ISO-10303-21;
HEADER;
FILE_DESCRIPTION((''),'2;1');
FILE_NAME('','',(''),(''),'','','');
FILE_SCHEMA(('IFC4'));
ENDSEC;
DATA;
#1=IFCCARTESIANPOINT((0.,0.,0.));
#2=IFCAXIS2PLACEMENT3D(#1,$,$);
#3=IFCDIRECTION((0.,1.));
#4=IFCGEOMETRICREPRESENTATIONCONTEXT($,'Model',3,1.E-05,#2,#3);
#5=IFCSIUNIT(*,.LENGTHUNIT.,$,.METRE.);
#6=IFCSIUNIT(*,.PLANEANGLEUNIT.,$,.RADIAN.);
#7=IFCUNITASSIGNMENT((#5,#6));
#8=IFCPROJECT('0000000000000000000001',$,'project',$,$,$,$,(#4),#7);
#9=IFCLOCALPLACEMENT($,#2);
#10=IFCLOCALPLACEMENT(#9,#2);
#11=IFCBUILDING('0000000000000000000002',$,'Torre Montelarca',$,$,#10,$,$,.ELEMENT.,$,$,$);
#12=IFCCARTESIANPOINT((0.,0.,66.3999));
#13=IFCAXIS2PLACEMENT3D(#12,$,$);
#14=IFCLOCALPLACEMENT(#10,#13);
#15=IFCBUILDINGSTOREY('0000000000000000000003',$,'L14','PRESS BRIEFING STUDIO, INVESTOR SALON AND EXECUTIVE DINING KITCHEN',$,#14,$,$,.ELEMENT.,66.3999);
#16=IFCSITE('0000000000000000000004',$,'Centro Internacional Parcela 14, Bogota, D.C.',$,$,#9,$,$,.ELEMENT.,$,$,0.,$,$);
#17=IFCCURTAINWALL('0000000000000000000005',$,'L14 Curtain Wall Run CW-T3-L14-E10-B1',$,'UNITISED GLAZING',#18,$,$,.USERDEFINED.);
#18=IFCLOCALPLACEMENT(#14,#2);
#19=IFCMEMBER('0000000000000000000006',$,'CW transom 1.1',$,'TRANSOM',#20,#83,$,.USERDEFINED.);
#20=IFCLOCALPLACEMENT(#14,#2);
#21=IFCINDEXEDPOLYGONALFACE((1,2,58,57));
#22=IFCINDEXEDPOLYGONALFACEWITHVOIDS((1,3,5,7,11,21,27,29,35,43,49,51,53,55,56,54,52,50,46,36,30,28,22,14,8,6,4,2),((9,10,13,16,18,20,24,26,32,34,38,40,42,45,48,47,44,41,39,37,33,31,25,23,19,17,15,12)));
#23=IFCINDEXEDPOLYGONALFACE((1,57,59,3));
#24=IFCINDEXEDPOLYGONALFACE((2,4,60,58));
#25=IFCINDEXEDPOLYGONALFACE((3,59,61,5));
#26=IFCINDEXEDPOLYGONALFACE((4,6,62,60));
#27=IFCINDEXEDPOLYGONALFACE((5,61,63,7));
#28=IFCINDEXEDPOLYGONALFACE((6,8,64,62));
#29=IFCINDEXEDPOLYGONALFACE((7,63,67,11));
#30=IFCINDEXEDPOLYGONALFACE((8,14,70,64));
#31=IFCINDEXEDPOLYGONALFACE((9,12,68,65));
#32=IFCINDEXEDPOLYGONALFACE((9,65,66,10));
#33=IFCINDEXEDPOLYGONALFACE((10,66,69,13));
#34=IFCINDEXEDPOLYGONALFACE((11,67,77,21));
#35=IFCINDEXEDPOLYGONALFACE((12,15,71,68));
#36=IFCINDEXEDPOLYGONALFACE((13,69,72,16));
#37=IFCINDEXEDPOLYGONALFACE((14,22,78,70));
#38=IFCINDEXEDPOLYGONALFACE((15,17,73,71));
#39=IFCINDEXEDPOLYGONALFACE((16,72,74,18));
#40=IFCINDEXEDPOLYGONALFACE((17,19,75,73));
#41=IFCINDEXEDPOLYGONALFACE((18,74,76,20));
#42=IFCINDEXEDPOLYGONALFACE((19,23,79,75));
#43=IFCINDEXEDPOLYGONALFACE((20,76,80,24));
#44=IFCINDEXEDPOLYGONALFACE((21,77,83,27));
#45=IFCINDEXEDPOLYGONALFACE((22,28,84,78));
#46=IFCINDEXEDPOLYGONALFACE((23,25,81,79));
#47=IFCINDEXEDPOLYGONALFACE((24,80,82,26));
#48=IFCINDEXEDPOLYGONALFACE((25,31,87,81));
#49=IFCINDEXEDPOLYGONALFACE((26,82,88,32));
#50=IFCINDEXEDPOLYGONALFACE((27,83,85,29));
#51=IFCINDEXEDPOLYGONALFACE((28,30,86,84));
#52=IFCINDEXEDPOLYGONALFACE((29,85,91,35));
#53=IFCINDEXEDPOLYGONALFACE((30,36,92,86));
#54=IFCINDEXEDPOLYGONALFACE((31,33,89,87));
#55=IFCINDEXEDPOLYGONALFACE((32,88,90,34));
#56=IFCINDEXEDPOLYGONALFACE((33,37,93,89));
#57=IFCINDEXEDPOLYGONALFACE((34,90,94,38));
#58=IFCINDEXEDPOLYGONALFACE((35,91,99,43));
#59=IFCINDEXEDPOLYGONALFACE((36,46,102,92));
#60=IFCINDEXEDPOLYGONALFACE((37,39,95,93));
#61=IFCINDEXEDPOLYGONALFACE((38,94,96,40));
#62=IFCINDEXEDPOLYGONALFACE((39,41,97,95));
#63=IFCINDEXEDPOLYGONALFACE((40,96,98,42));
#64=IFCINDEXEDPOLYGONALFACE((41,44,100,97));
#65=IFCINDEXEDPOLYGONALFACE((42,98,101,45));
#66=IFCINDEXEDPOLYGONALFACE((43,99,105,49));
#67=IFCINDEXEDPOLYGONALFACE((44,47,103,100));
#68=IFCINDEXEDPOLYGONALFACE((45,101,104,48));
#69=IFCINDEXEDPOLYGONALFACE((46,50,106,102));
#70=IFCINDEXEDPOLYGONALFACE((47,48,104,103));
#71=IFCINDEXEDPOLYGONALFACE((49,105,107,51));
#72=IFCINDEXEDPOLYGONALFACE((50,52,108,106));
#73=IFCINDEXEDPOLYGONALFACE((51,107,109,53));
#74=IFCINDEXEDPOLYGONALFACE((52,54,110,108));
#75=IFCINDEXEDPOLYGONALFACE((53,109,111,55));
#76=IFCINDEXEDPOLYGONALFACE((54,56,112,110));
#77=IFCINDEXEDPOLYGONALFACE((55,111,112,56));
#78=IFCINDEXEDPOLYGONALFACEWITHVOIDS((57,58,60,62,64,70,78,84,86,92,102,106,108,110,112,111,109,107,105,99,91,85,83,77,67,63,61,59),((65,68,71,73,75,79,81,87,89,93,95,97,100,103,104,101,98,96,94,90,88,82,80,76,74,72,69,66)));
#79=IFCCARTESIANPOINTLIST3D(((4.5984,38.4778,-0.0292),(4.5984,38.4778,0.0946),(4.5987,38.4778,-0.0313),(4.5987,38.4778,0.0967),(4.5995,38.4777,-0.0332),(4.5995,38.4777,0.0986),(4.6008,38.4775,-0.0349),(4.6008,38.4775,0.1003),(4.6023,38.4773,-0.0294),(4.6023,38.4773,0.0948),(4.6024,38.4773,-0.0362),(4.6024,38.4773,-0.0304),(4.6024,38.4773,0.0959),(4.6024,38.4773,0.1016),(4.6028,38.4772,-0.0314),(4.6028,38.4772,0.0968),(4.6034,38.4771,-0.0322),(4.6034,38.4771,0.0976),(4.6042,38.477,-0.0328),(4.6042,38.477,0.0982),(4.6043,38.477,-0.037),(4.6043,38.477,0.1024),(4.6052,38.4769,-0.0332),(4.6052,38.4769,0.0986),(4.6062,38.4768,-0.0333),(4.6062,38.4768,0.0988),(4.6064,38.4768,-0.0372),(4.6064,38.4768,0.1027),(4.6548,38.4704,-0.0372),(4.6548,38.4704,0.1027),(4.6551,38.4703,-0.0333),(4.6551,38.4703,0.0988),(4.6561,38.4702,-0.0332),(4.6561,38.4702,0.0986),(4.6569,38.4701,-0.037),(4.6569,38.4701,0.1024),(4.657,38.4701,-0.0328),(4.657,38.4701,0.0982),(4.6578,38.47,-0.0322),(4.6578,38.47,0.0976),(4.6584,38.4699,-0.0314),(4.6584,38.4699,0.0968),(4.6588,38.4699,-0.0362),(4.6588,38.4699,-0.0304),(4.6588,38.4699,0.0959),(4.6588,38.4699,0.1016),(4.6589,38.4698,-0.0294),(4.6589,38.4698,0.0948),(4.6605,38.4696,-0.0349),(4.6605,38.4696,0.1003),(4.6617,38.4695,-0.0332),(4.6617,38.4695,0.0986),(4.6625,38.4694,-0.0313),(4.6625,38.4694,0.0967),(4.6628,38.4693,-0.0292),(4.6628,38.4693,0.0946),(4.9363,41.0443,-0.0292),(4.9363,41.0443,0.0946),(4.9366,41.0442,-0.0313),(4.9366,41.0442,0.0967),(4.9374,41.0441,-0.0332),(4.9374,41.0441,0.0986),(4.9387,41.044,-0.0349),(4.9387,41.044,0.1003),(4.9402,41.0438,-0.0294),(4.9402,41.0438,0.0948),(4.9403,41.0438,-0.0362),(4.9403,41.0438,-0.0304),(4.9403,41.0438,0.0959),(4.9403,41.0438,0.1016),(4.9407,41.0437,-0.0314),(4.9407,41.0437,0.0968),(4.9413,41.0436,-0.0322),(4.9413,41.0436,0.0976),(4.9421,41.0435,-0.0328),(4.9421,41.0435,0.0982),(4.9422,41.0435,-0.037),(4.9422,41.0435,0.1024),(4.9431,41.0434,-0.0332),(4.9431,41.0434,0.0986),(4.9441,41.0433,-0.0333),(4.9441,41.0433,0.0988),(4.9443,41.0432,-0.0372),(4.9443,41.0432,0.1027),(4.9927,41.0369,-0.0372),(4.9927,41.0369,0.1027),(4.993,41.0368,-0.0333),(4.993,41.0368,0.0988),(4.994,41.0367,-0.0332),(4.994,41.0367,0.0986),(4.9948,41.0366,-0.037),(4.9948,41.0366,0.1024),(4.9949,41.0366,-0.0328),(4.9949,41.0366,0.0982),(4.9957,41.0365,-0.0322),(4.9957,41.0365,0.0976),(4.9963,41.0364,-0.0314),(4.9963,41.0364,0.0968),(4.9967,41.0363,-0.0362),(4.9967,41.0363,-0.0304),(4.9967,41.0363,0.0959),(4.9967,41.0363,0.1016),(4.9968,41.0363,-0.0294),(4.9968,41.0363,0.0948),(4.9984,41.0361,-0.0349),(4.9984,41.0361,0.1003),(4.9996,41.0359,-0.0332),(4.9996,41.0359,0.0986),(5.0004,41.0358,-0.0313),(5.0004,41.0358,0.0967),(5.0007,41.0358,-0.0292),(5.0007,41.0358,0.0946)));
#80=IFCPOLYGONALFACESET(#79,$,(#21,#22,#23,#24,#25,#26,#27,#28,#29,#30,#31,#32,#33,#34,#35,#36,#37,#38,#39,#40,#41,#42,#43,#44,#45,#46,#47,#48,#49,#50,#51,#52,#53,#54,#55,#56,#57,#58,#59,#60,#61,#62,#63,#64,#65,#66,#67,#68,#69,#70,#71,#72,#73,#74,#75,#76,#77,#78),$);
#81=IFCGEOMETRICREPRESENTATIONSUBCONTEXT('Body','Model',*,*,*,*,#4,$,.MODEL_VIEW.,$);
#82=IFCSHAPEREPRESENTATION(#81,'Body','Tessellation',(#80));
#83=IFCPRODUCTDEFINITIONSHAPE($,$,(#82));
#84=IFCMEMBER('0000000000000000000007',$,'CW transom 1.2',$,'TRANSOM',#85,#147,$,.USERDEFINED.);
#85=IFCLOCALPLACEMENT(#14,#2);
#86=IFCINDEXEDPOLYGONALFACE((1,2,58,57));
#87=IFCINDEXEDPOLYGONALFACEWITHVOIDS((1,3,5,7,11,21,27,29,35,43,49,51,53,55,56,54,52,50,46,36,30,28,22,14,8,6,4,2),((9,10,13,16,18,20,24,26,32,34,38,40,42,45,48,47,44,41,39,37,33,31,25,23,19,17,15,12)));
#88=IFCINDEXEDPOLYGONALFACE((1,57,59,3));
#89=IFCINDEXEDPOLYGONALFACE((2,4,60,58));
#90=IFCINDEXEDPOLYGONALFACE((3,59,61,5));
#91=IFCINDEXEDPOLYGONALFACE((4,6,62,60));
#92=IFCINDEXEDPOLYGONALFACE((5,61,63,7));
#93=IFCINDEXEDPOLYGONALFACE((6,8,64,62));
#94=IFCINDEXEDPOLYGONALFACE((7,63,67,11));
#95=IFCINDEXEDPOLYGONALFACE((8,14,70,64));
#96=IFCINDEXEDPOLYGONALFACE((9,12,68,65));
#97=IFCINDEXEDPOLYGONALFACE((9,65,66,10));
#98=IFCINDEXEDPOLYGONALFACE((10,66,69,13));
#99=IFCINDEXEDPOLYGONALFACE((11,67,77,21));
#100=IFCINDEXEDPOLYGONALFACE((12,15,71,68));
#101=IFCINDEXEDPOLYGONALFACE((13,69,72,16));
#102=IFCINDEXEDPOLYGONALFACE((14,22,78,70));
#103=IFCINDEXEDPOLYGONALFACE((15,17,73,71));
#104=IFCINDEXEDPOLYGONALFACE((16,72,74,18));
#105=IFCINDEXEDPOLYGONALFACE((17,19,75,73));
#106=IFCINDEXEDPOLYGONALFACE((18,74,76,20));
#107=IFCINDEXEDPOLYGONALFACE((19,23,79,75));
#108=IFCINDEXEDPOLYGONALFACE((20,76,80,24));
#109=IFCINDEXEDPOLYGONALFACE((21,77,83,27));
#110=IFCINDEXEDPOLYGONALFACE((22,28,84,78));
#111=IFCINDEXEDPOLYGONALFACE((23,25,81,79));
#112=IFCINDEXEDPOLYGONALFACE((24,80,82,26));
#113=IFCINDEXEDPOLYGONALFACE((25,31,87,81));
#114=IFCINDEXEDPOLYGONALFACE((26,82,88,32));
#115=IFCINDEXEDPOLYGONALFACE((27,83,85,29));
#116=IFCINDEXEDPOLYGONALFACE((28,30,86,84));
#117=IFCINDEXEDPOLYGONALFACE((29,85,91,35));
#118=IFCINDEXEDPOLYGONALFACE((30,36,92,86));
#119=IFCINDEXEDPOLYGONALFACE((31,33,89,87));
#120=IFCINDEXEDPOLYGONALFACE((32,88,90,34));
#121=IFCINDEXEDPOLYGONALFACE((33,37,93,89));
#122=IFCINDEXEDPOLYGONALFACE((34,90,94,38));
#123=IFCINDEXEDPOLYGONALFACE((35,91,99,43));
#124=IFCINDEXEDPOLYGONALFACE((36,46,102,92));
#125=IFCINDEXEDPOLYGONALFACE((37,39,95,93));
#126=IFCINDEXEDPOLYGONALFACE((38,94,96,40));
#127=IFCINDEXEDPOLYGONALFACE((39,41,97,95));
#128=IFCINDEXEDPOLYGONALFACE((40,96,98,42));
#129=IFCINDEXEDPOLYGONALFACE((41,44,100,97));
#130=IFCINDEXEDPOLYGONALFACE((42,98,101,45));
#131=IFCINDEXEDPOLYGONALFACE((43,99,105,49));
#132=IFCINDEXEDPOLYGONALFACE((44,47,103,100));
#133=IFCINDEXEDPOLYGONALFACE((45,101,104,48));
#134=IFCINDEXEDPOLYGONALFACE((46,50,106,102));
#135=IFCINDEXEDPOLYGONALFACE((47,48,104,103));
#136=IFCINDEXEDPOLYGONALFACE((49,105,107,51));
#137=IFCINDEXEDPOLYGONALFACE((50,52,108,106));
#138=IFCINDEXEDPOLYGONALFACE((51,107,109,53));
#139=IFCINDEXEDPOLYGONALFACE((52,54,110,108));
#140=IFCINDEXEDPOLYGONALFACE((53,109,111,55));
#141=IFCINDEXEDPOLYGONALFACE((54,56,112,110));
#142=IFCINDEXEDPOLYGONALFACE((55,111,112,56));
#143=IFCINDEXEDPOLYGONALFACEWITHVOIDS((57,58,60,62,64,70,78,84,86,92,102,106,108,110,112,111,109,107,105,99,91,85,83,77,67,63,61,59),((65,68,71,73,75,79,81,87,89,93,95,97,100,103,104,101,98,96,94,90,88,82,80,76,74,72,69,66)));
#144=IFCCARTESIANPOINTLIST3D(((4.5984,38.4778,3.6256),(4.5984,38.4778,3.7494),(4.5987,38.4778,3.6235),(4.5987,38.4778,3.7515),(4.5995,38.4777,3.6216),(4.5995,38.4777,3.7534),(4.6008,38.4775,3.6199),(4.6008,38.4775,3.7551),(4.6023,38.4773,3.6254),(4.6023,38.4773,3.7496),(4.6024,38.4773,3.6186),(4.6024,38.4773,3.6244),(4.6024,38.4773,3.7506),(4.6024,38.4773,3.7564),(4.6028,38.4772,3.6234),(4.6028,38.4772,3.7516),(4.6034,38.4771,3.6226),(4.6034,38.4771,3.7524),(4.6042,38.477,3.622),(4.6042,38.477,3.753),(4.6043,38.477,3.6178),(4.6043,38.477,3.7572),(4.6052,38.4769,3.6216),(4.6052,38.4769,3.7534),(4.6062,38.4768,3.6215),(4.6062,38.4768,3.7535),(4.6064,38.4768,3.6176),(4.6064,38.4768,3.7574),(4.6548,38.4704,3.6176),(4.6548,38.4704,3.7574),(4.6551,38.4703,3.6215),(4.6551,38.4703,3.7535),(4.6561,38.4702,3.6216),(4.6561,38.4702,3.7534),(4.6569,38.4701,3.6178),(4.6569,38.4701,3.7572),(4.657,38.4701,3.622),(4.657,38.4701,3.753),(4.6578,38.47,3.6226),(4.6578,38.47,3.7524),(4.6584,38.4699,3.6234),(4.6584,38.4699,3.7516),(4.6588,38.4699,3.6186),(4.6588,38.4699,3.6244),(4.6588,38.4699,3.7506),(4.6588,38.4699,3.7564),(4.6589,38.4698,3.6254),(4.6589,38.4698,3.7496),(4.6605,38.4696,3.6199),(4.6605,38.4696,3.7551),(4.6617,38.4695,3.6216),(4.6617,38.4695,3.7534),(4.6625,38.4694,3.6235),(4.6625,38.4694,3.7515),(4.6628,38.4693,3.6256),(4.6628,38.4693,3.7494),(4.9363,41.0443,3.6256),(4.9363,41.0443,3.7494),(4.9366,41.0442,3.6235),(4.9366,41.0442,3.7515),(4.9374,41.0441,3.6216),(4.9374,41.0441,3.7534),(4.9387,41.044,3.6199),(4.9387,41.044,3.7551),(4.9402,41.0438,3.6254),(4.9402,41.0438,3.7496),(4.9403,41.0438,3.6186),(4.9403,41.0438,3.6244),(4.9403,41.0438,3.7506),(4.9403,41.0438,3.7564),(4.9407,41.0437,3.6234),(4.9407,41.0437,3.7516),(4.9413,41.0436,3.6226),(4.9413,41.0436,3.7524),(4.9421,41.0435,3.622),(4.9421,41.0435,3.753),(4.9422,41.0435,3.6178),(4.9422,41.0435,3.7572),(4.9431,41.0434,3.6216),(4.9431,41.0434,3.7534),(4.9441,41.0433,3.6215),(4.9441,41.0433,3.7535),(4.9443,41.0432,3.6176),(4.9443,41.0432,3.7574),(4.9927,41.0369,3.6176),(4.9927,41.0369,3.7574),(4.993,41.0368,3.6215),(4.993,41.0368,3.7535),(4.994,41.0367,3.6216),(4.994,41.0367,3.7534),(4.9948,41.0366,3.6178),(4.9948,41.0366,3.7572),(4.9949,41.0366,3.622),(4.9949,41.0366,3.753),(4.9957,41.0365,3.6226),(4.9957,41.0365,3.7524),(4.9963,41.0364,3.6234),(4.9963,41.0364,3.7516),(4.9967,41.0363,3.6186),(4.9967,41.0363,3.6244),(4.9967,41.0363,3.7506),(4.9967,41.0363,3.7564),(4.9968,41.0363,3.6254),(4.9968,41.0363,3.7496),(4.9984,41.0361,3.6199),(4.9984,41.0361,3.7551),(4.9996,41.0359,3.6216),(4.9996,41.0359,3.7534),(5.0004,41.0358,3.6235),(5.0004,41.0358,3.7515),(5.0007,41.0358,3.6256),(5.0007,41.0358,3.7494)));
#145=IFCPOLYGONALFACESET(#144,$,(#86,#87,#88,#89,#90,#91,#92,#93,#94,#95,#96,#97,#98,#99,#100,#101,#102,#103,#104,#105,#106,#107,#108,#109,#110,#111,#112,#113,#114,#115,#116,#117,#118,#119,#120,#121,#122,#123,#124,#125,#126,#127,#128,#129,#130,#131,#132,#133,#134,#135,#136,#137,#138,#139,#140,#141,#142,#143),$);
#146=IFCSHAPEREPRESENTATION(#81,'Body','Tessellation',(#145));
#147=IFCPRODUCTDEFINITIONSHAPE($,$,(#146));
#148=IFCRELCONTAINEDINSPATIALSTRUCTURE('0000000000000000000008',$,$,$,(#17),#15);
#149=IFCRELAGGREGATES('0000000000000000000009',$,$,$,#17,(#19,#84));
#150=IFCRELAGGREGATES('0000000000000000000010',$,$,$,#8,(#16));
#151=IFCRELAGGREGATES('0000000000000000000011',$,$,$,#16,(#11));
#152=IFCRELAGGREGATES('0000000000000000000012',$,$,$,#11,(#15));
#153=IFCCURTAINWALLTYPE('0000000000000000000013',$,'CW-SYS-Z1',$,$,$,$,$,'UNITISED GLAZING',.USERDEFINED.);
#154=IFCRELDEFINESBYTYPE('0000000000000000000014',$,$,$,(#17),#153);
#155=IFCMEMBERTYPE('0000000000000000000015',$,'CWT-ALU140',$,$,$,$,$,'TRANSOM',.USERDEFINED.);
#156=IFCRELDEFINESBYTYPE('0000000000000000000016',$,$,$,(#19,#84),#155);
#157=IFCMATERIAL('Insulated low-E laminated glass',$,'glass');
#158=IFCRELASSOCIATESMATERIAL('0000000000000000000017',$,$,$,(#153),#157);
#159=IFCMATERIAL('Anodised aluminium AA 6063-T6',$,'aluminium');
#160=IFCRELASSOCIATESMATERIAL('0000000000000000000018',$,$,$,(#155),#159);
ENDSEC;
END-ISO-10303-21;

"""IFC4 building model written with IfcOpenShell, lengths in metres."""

from ifc_helpers import new_model, si_unit, direction, frame, origin, origin_2d, place, context, subcontext, project, spatial, hollow_rectangle, extrude, source, transform, mapped, material, material_profile, profile_set, type_object, element, aggregate, save


model = new_model("IFC4")

# Units and contexts
model_context = context("Model", 3, precision=1e-05, world=origin(), true_north=direction((0.0, 1.0)))
body_context = subcontext(model_context, "Body", "Model", "MODEL_VIEW")
ifc_project = project(units=[si_unit("LENGTHUNIT", "METRE"), si_unit("PLANEANGLEUNIT", "RADIAN")], contexts=[model_context])

# Site, building, storey
site_placement = place(None, origin())
site = spatial("IfcSite", under=ifc_project, at=site_placement, Name="Centro Internacional Parcela 14, Bogota, D.C.", CompositionType="ELEMENT", RefElevation=0.0)
building_placement = place(site_placement, origin())
building = spatial("IfcBuilding", under=site, at=building_placement, Name="Torre Montelarca", CompositionType="ELEMENT")
storey_placement = place(building_placement, frame((0.0, 0.0, 66.3999)))
storey = spatial("IfcBuildingStorey", under=building, at=storey_placement, Name="L14", Description="PRESS BRIEFING STUDIO, INVESTOR SALON AND EXECUTIVE DINING KITCHEN", CompositionType="ELEMENT", Elevation=66.3999)

# Curtain wall, members
ifc_material_1 = material(Name="Insulated low-E laminated glass", Category="glass")
curtain_wall_type = type_object("IfcCurtainWallType", Name="CW-SYS-Z1", ElementType="UNITISED GLAZING", PredefinedType="USERDEFINED", material=ifc_material_1)
ifc_material_2 = material(Name="Anodised aluminium AA 6063-T6", Category="aluminium")
ifc_material_profile_1 = material_profile(ifc_material_2, hollow_rectangle(XDim=0.0649, YDim=0.1399, WallThickness=0.0039, InnerFilletRadius=0.0039, OuterFilletRadius=0.0081, at=origin_2d()), Name="ALU65X140X4", Category="aluminium")
ifc_profile_set_1 = profile_set([ifc_material_profile_1], Name="Anodised aluminium AA 6063-T6")
member_type_1 = type_object("IfcMemberType", Name="CWT-ALU140", ElementType="TRANSOM", PredefinedType="USERDEFINED", material=ifc_profile_set_1)
curtain_wall_1_placement = place(storey_placement, origin())
curtain_wall_1 = element("IfcCurtainWall", 1, at=curtain_wall_1_placement, inside=storey, type_object=curtain_wall_type, Name="L14 Curtain Wall Run CW-T3-L14-E10-B1", ObjectType="UNITISED GLAZING", PredefinedType="USERDEFINED")
shared_shape_1 = source(origin(), body_context, "Body", "SweptSolid", [
    extrude(hollow_rectangle(XDim=0.0649, YDim=0.1399, WallThickness=0.0039, InnerFilletRadius=0.0039, OuterFilletRadius=0.0081, at=origin_2d()), origin(), (0.0, 0.0, 1.0), 2.5886),
])
member_1_placement = place(storey_placement, frame((4.9685, 41.04, 0.0327), z_axis=(-0.130533, -0.991444, 0.0), x_axis=(0.991444, -0.130533, 0.0)))
member_1 = element("IfcMember", 2, at=member_1_placement, type_object=member_type_1, Name="CW transom 1.1", ObjectType="TRANSOM", PredefinedType="USERDEFINED", context=body_context, shape_type="MappedRepresentation", body=[
    mapped(shared_shape_1, transform((0.0, 0.0, 0.0), scale=1.0)),
])
member_2_placement = place(storey_placement, frame((4.9685, 41.04, 3.6875), z_axis=(-0.130533, -0.991444, 0.0), x_axis=(0.991444, -0.130533, 0.0)))
member_2 = element("IfcMember", 3, at=member_2_placement, type_object=member_type_1, Name="CW transom 1.2", ObjectType="TRANSOM", PredefinedType="USERDEFINED", context=body_context, shape_type="MappedRepresentation", body=[
    mapped(shared_shape_1, transform((0.0, 0.0, 0.0), scale=1.0)),
])

aggregate(curtain_wall_1, [member_1, member_2])

save(model, "model.ifc")
